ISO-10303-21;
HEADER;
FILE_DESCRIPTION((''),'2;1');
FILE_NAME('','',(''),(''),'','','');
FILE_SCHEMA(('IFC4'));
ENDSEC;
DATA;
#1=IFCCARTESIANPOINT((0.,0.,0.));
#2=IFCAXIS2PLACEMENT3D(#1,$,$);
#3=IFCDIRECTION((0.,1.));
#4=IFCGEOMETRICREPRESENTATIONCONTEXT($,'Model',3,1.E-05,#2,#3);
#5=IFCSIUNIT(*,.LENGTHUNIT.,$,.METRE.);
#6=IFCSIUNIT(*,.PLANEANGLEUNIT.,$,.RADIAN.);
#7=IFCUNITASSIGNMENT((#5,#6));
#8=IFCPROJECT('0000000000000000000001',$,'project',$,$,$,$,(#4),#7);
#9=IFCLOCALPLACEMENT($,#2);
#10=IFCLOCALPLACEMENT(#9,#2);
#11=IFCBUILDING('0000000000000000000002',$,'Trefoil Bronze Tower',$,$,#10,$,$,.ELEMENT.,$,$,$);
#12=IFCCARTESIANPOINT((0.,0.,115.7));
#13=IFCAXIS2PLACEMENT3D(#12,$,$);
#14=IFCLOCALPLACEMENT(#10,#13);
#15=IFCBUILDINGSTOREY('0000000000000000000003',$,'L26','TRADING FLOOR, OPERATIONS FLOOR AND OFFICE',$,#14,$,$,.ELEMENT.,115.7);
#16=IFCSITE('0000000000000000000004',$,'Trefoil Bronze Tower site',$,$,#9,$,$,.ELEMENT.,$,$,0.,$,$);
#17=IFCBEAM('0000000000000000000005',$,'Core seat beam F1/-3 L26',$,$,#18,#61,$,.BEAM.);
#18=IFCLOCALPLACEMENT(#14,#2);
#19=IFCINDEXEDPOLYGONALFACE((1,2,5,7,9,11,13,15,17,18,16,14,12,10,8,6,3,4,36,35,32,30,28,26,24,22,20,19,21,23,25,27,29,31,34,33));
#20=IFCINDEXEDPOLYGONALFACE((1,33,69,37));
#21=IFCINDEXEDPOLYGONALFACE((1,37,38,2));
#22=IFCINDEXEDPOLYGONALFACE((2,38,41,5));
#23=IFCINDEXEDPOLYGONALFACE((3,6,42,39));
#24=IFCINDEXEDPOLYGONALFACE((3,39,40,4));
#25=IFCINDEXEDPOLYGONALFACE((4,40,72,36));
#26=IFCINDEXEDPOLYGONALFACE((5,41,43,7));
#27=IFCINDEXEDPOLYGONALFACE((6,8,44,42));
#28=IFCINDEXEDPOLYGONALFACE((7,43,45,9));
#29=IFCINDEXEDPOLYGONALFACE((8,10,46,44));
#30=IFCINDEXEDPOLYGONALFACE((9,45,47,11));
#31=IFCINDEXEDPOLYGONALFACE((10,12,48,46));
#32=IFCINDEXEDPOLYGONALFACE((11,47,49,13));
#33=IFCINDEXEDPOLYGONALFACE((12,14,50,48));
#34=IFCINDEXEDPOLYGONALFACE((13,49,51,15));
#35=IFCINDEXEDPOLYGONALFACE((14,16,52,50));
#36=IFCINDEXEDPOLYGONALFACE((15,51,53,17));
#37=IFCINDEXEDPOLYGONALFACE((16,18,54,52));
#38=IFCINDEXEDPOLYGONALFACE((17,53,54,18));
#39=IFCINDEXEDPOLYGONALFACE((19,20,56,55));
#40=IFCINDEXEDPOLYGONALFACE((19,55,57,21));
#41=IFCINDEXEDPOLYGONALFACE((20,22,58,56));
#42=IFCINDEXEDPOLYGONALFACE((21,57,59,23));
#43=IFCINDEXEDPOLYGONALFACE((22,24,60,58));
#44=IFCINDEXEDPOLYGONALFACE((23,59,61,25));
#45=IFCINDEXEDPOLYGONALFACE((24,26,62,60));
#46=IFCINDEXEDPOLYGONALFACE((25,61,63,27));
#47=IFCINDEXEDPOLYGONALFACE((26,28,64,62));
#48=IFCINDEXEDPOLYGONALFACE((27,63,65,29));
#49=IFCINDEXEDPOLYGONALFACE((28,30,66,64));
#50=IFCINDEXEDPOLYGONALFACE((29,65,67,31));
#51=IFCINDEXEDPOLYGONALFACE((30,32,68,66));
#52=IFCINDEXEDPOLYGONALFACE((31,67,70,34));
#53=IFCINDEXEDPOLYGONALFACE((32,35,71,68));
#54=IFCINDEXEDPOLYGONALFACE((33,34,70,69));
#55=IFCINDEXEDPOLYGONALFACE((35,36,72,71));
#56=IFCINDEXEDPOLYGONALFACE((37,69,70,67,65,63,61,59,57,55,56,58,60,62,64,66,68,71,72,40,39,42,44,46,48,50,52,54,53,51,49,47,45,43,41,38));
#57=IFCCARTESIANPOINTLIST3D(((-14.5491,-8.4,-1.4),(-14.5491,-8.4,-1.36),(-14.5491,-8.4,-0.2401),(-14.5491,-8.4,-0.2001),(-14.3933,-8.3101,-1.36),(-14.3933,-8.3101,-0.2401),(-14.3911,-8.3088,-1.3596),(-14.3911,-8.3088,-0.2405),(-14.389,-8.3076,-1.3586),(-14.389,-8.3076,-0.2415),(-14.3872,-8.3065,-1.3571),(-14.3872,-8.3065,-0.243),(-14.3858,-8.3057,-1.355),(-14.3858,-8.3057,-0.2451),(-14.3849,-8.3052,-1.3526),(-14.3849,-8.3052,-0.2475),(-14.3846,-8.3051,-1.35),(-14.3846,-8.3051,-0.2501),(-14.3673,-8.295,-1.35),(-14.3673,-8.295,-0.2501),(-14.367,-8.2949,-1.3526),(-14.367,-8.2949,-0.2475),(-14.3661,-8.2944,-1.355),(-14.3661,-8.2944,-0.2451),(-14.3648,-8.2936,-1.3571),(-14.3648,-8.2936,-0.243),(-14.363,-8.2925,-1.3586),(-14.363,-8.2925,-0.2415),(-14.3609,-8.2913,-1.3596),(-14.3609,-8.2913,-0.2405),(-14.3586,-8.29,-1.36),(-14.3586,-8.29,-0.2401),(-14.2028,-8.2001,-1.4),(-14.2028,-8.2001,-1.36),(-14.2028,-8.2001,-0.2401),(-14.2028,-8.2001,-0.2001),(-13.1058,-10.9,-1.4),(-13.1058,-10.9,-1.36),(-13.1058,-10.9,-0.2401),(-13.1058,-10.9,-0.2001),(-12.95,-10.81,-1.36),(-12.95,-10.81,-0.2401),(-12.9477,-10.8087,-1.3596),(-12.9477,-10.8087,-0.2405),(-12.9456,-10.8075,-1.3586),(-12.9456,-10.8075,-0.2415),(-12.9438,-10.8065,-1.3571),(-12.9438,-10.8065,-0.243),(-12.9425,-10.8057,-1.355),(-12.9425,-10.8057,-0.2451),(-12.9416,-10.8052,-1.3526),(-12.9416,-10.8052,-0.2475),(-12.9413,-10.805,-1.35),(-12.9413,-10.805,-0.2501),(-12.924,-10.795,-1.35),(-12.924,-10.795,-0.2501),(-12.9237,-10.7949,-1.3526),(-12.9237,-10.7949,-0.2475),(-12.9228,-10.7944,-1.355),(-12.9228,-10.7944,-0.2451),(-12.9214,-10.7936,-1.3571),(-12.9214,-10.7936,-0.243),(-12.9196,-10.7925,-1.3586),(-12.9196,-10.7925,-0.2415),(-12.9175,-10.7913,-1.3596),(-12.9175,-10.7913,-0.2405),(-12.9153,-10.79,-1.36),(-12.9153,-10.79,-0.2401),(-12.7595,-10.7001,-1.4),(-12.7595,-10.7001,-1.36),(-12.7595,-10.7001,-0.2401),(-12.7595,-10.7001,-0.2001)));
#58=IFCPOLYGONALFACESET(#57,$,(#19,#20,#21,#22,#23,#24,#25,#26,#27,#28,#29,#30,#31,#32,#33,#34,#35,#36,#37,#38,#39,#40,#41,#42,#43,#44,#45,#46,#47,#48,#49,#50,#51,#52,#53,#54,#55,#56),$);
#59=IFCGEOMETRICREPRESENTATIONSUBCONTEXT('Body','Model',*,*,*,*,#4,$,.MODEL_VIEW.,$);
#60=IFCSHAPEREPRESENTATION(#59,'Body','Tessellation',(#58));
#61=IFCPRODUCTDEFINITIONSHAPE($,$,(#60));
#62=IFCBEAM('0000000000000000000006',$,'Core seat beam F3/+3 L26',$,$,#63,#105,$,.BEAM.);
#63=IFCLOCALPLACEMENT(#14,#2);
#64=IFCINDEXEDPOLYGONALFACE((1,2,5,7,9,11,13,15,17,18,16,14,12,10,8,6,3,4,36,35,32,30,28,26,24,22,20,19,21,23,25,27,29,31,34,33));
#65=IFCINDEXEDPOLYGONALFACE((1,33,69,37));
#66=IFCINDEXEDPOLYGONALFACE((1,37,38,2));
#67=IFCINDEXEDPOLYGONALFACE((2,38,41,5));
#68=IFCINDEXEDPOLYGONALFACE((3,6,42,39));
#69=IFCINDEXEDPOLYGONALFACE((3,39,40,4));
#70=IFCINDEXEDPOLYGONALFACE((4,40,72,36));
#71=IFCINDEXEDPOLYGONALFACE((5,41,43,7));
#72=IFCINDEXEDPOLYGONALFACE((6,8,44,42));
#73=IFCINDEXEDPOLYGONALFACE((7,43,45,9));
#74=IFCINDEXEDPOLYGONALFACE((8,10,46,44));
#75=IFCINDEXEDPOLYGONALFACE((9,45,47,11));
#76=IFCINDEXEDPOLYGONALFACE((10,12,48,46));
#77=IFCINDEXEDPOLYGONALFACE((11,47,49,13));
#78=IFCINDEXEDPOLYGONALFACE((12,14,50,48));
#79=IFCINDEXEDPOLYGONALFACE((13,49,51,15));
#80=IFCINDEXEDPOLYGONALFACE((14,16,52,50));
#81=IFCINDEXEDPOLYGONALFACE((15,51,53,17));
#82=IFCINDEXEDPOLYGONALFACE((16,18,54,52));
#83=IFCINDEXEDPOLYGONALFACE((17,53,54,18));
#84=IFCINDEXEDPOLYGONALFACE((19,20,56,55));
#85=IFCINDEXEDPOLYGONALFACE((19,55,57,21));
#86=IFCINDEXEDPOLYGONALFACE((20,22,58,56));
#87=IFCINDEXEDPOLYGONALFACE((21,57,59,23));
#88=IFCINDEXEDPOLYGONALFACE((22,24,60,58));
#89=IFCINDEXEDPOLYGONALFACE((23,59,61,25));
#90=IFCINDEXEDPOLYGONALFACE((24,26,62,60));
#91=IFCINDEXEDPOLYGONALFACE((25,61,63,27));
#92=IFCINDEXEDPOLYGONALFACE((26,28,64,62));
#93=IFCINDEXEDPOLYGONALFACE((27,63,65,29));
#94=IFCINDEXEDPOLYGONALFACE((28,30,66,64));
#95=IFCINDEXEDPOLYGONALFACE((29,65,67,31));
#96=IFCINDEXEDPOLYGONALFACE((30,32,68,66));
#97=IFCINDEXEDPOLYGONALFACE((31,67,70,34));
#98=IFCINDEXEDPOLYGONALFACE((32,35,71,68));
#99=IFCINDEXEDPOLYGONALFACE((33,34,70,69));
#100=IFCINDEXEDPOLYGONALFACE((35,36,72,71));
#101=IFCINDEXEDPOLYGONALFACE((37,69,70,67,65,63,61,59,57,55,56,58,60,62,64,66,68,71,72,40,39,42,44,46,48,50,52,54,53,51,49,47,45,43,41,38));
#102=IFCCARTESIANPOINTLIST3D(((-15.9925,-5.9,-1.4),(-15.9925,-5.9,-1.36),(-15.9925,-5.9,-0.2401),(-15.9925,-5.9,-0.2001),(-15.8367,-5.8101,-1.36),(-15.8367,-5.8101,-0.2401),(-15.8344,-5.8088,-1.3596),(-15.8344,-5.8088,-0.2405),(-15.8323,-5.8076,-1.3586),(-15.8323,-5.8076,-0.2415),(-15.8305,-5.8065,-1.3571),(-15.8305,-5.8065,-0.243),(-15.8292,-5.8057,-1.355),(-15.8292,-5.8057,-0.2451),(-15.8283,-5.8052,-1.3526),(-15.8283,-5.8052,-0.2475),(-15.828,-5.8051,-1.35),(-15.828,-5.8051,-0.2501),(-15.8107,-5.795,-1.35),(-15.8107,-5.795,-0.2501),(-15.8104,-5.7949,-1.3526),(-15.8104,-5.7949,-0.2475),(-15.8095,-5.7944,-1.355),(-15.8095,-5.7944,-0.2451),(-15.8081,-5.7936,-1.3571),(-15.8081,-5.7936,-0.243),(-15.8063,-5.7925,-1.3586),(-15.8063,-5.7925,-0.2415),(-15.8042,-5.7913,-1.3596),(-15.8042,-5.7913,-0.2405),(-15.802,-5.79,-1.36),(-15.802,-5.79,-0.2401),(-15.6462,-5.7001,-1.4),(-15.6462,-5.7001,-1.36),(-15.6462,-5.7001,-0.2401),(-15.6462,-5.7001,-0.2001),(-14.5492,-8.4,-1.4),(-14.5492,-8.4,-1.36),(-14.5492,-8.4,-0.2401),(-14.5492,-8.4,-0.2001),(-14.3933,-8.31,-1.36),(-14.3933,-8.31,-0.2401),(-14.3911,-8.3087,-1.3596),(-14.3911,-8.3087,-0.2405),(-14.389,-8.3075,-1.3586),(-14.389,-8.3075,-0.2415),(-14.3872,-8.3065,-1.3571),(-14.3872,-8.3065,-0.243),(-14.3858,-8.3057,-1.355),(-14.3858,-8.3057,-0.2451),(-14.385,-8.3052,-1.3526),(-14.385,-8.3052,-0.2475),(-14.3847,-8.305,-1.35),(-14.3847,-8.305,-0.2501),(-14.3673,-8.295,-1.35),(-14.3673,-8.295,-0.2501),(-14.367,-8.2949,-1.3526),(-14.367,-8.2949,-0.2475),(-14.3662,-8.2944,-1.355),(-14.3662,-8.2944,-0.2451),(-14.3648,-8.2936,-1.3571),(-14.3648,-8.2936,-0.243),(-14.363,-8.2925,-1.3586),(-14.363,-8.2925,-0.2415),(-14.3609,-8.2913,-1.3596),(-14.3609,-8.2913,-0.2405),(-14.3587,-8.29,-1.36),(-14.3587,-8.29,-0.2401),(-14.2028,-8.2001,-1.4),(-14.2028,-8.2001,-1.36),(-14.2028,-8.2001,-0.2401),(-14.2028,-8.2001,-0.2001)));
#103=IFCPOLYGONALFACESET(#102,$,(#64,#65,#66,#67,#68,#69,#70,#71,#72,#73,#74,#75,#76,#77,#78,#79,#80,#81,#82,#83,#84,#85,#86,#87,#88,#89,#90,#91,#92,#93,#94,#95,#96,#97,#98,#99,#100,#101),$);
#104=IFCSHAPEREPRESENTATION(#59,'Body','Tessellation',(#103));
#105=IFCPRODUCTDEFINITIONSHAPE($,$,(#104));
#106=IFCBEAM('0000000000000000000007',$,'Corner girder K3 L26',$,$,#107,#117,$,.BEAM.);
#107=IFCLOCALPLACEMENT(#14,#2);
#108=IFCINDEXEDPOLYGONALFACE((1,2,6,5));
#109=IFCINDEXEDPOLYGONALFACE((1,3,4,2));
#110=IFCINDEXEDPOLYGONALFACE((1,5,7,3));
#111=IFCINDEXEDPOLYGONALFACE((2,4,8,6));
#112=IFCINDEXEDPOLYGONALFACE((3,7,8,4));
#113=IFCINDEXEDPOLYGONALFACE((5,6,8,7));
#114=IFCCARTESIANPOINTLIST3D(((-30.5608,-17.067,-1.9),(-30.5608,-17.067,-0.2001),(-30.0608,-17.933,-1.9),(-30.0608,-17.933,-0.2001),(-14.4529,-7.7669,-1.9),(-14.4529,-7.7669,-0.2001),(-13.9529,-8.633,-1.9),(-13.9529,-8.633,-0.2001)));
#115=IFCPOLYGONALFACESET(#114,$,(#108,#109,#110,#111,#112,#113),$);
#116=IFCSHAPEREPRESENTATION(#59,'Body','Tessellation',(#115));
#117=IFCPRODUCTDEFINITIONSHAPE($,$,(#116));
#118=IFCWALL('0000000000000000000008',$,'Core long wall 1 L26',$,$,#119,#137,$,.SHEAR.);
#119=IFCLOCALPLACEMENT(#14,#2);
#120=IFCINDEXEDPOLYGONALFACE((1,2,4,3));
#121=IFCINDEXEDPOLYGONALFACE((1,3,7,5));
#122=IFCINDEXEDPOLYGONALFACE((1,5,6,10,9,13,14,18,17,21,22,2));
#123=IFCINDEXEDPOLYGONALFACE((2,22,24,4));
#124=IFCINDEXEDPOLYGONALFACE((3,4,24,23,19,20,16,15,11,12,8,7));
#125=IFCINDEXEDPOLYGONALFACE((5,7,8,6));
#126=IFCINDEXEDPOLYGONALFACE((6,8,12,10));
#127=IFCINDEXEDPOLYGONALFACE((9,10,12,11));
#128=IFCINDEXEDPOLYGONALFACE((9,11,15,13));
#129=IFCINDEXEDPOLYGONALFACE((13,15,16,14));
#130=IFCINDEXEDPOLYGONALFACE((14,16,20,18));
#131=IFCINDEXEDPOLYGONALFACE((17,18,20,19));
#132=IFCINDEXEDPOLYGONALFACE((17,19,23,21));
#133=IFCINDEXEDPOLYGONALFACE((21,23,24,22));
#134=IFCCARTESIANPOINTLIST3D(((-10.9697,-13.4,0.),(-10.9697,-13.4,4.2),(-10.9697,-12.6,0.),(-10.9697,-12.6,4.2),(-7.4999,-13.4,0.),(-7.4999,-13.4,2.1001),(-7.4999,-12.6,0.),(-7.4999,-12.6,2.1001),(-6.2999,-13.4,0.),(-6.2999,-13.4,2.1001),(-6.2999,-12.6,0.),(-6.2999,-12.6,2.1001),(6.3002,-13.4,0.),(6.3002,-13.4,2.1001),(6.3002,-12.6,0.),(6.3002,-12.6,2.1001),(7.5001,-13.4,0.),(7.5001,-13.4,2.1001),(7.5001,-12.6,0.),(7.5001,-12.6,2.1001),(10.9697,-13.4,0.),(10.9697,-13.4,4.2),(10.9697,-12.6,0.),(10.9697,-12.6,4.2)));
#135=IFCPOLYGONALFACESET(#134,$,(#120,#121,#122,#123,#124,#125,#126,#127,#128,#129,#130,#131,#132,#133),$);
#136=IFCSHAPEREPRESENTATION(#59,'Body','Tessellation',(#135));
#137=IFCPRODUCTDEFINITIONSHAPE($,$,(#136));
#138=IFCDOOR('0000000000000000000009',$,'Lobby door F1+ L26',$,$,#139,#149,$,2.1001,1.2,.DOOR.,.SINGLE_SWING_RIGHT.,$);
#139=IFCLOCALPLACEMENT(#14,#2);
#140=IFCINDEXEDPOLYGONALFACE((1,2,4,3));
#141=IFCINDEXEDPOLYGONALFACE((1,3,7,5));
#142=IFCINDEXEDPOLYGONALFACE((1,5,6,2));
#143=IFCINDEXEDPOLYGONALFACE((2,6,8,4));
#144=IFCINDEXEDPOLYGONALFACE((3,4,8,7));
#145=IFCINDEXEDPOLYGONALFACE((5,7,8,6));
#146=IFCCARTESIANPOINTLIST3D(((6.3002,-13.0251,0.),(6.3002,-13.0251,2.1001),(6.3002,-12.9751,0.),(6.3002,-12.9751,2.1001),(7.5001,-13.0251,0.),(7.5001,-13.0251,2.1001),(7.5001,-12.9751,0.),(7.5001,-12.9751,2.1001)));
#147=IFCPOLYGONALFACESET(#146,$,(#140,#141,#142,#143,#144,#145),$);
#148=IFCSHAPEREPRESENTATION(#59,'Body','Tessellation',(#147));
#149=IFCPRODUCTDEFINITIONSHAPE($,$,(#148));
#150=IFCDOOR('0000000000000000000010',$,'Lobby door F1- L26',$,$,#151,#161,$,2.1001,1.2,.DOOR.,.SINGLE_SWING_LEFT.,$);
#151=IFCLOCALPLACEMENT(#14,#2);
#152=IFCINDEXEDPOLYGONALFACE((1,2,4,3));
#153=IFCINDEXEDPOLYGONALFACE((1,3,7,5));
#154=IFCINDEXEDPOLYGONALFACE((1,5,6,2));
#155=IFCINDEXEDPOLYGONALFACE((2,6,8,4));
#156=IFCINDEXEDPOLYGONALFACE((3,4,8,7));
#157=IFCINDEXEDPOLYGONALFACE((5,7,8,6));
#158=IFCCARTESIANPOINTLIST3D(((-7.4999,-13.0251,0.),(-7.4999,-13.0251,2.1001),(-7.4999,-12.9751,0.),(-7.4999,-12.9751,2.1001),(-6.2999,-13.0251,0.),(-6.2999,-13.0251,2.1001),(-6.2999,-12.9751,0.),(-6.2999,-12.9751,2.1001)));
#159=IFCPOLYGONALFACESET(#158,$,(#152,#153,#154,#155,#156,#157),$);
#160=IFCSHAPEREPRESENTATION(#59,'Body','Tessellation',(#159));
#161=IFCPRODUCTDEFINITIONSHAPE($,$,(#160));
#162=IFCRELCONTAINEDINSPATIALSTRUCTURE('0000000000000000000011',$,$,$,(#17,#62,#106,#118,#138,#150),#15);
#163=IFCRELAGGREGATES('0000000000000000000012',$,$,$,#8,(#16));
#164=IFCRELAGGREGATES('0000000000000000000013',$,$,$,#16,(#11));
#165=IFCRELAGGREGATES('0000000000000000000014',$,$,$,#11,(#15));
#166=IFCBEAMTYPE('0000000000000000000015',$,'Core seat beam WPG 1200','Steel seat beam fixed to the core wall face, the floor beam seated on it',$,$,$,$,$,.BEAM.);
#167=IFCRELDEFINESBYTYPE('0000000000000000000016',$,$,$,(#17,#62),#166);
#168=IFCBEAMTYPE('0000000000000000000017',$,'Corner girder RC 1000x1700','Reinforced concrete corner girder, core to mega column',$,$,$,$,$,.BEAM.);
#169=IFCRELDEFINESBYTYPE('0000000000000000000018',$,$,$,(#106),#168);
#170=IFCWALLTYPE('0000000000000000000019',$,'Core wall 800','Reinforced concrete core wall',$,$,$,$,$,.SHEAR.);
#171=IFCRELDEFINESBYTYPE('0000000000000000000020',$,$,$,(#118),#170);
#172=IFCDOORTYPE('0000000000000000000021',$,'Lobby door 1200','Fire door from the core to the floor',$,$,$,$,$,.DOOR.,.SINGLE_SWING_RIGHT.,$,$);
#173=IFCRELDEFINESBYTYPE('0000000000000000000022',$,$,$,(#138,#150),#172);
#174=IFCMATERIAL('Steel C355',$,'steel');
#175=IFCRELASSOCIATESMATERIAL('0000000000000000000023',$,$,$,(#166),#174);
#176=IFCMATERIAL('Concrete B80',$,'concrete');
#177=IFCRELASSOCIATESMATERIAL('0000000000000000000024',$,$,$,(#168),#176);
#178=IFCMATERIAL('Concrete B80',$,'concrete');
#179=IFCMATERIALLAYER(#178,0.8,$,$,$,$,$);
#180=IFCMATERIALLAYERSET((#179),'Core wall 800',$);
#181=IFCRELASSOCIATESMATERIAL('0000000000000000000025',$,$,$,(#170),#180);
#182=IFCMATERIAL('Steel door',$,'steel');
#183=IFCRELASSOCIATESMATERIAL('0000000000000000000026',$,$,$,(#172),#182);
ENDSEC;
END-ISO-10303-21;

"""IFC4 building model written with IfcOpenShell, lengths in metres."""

from ifc_helpers import new_model, si_unit, direction, frame, frame_2d, origin, origin_2d, place, context, subcontext, project, spatial, rectangle, i_section, extrude, material, layer, layer_set, material_profile, profile_set, type_object, element, fill, save


model = new_model("IFC4")

# Units and contexts
model_context = context("Model", 3, precision=1e-05, world=origin(), true_north=direction((0.0, 1.0)))
body_context = subcontext(model_context, "Body", "Model", "MODEL_VIEW")
ifc_project = project(units=[si_unit("LENGTHUNIT", "METRE"), si_unit("PLANEANGLEUNIT", "RADIAN")], contexts=[model_context])

# Site, building, storey
site_placement = place(None, origin())
site = spatial("IfcSite", under=ifc_project, at=site_placement, Name="Trefoil Bronze Tower site", CompositionType="ELEMENT", RefElevation=0.0)
building_placement = place(site_placement, origin())
building = spatial("IfcBuilding", under=site, at=building_placement, Name="Trefoil Bronze Tower", CompositionType="ELEMENT")
storey_placement = place(building_placement, frame((0.0, 0.0, 115.7)))
storey = spatial("IfcBuildingStorey", under=building, at=storey_placement, Name="L26", Description="TRADING FLOOR, OPERATIONS FLOOR AND OFFICE", CompositionType="ELEMENT", Elevation=115.7)

# Beams
ifc_material_1 = material(Name="Steel C355", Category="steel")
ifc_material_profile_1 = material_profile(ifc_material_1, i_section(OverallWidth=0.3999, OverallDepth=1.2, WebThickness=0.02, FlangeThickness=0.04, FilletRadius=0.01, at=origin_2d()), Name="WPG 1200")
ifc_profile_set_1 = profile_set([ifc_material_profile_1], Name="Steel C355")
beam_type_1 = type_object("IfcBeamType", Name="Core seat beam WPG 1200", Description="Steel seat beam fixed to the core wall face, the floor beam seated on it", PredefinedType="BEAM", material=ifc_profile_set_1)
for number, where, z_axis, x_axis, name in (
    (1, (-14.376, -8.3, -0.8), (0.499996, -0.866028, 0.0), (0.866028, 0.499996, 0.0), "Core seat beam F1/-3 L26"),
    (2, (-15.8193, -5.8, -0.8), (0.499996, -0.866028, 0.0), (0.866028, 0.499996, 0.0), "Core seat beam F3/+3 L26"),
):
    element("IfcBeam", number, at=place(storey_placement, frame(where, z_axis=z_axis, x_axis=x_axis)), inside=storey, type_object=beam_type_1, Name=name, PredefinedType="BEAM", context=body_context, shape_type="SweptSolid", body=[
        extrude(i_section(OverallWidth=0.3999, OverallDepth=1.2, WebThickness=0.02, FlangeThickness=0.04, FilletRadius=0.01, at=origin_2d()), origin(), (0.0, 0.0, 1.0), 2.8867),
    ])
ifc_material_2 = material(Name="Concrete B80", Category="concrete")
ifc_material_profile_2 = material_profile(ifc_material_2, rectangle(XDim=1.0, YDim=1.7, at=origin_2d()), Name="RC 1000x1700")
ifc_profile_set_2 = profile_set([ifc_material_profile_2], Name="Concrete B80")
beam_type_2 = type_object("IfcBeamType", Name="Corner girder RC 1000x1700", Description="Reinforced concrete corner girder, core to mega column", PredefinedType="BEAM", material=ifc_profile_set_2)
beam_placement = place(storey_placement, frame((-14.2029, -8.2, -1.05), z_axis=(-0.866022, -0.500006, 0.0), x_axis=(0.500006, -0.866022, 0.0)))
element("IfcBeam", 3, at=beam_placement, inside=storey, type_object=beam_type_2, Name="Corner girder K3 L26", PredefinedType="BEAM", context=body_context, shape_type="SweptSolid", body=[
    extrude(rectangle(XDim=1.0, YDim=1.7, at=origin_2d()), origin(), (0.0, 0.0, 1.0), 18.5999),
])

# Wall, openings, doors
ifc_material_3 = material(Name="Concrete B80", Category="concrete")
ifc_layer_1 = layer(ifc_material_3, 0.8)
ifc_layer_set_1 = layer_set([ifc_layer_1], Name="Core wall 800")
wall_type_1 = type_object("IfcWallType", Name="Core wall 800", Description="Reinforced concrete core wall", PredefinedType="SHEAR", material=ifc_layer_set_1)
wall_1_placement = place(storey_placement, frame((-10.9697, -13.0, 0.0), z_axis=(0.0, 0.0, 1.0), x_axis=(1.0, 0.0, 0.0)))
wall_1 = element("IfcWall", 4, at=wall_1_placement, inside=storey, type_object=wall_type_1, Name="Core long wall 1 L26", PredefinedType="SHEAR", context=body_context, shape_type="SweptSolid", body=[
    extrude(rectangle(XDim=21.9395, YDim=0.8, at=frame_2d((10.9697, 0.0))), origin(), (0.0, 0.0, 1.0), 4.2),
])
opening_1_placement = place(wall_1_placement, frame((17.2698, 0.0, 0.0)))
opening_1 = element("IfcOpeningElement", 5, at=opening_1_placement, cuts=wall_1, PredefinedType="OPENING", context=body_context, shape_type="SweptSolid", body=[
    extrude(rectangle(XDim=1.2, YDim=2.1001, at=frame_2d((0.6001, 1.05))), frame((0.0, 0.4099, 0.0), z_axis=(0.0, -1.0, 0.0), x_axis=(1.0, 0.0, 0.0)), (0.0, 0.0, 1.0), 0.8201),
])
opening_2_placement = place(wall_1_placement, frame((3.4697, 0.0, 0.0)))
opening_2 = element("IfcOpeningElement", 6, at=opening_2_placement, cuts=wall_1, PredefinedType="OPENING", context=body_context, shape_type="SweptSolid", body=[
    extrude(rectangle(XDim=1.2, YDim=2.1001, at=frame_2d((0.6001, 1.05))), frame((0.0, 0.4099, 0.0), z_axis=(0.0, -1.0, 0.0), x_axis=(1.0, 0.0, 0.0)), (0.0, 0.0, 1.0), 0.8201),
])
ifc_material_4 = material(Name="Steel door", Category="steel")
door_type_1 = type_object("IfcDoorType", Name="Lobby door 1200", Description="Fire door from the core to the floor", OperationType="SINGLE_SWING_RIGHT", PredefinedType="DOOR", material=ifc_material_4)
door_1_placement = place(opening_1_placement, origin())
door_1 = element("IfcDoor", 7, at=door_1_placement, inside=storey, type_object=door_type_1, Name="Lobby door F1+ L26", OperationType="SINGLE_SWING_RIGHT", OverallHeight=2.1001, OverallWidth=1.2, PredefinedType="DOOR", context=body_context, shape_type="SweptSolid", body=[
    extrude(rectangle(XDim=1.2, YDim=2.1001, at=frame_2d((0.6001, 1.05))), frame((0.0, 0.0249, 0.0), z_axis=(0.0, -1.0, 0.0), x_axis=(1.0, 0.0, 0.0)), (0.0, 0.0, 1.0), 0.05),
])
fill(opening_1, door_1)
door_2_placement = place(opening_2_placement, origin())
door_2 = element("IfcDoor", 8, at=door_2_placement, inside=storey, type_object=door_type_1, Name="Lobby door F1- L26", OperationType="SINGLE_SWING_LEFT", OverallHeight=2.1001, OverallWidth=1.2, PredefinedType="DOOR", context=body_context, shape_type="SweptSolid", body=[
    extrude(rectangle(XDim=1.2, YDim=2.1001, at=frame_2d((0.6001, 1.05))), frame((0.0, 0.0249, 0.0), z_axis=(0.0, -1.0, 0.0), x_axis=(1.0, 0.0, 0.0)), (0.0, 0.0, 1.0), 0.05),
])
fill(opening_2, door_2)

save(model, "model.ifc")
